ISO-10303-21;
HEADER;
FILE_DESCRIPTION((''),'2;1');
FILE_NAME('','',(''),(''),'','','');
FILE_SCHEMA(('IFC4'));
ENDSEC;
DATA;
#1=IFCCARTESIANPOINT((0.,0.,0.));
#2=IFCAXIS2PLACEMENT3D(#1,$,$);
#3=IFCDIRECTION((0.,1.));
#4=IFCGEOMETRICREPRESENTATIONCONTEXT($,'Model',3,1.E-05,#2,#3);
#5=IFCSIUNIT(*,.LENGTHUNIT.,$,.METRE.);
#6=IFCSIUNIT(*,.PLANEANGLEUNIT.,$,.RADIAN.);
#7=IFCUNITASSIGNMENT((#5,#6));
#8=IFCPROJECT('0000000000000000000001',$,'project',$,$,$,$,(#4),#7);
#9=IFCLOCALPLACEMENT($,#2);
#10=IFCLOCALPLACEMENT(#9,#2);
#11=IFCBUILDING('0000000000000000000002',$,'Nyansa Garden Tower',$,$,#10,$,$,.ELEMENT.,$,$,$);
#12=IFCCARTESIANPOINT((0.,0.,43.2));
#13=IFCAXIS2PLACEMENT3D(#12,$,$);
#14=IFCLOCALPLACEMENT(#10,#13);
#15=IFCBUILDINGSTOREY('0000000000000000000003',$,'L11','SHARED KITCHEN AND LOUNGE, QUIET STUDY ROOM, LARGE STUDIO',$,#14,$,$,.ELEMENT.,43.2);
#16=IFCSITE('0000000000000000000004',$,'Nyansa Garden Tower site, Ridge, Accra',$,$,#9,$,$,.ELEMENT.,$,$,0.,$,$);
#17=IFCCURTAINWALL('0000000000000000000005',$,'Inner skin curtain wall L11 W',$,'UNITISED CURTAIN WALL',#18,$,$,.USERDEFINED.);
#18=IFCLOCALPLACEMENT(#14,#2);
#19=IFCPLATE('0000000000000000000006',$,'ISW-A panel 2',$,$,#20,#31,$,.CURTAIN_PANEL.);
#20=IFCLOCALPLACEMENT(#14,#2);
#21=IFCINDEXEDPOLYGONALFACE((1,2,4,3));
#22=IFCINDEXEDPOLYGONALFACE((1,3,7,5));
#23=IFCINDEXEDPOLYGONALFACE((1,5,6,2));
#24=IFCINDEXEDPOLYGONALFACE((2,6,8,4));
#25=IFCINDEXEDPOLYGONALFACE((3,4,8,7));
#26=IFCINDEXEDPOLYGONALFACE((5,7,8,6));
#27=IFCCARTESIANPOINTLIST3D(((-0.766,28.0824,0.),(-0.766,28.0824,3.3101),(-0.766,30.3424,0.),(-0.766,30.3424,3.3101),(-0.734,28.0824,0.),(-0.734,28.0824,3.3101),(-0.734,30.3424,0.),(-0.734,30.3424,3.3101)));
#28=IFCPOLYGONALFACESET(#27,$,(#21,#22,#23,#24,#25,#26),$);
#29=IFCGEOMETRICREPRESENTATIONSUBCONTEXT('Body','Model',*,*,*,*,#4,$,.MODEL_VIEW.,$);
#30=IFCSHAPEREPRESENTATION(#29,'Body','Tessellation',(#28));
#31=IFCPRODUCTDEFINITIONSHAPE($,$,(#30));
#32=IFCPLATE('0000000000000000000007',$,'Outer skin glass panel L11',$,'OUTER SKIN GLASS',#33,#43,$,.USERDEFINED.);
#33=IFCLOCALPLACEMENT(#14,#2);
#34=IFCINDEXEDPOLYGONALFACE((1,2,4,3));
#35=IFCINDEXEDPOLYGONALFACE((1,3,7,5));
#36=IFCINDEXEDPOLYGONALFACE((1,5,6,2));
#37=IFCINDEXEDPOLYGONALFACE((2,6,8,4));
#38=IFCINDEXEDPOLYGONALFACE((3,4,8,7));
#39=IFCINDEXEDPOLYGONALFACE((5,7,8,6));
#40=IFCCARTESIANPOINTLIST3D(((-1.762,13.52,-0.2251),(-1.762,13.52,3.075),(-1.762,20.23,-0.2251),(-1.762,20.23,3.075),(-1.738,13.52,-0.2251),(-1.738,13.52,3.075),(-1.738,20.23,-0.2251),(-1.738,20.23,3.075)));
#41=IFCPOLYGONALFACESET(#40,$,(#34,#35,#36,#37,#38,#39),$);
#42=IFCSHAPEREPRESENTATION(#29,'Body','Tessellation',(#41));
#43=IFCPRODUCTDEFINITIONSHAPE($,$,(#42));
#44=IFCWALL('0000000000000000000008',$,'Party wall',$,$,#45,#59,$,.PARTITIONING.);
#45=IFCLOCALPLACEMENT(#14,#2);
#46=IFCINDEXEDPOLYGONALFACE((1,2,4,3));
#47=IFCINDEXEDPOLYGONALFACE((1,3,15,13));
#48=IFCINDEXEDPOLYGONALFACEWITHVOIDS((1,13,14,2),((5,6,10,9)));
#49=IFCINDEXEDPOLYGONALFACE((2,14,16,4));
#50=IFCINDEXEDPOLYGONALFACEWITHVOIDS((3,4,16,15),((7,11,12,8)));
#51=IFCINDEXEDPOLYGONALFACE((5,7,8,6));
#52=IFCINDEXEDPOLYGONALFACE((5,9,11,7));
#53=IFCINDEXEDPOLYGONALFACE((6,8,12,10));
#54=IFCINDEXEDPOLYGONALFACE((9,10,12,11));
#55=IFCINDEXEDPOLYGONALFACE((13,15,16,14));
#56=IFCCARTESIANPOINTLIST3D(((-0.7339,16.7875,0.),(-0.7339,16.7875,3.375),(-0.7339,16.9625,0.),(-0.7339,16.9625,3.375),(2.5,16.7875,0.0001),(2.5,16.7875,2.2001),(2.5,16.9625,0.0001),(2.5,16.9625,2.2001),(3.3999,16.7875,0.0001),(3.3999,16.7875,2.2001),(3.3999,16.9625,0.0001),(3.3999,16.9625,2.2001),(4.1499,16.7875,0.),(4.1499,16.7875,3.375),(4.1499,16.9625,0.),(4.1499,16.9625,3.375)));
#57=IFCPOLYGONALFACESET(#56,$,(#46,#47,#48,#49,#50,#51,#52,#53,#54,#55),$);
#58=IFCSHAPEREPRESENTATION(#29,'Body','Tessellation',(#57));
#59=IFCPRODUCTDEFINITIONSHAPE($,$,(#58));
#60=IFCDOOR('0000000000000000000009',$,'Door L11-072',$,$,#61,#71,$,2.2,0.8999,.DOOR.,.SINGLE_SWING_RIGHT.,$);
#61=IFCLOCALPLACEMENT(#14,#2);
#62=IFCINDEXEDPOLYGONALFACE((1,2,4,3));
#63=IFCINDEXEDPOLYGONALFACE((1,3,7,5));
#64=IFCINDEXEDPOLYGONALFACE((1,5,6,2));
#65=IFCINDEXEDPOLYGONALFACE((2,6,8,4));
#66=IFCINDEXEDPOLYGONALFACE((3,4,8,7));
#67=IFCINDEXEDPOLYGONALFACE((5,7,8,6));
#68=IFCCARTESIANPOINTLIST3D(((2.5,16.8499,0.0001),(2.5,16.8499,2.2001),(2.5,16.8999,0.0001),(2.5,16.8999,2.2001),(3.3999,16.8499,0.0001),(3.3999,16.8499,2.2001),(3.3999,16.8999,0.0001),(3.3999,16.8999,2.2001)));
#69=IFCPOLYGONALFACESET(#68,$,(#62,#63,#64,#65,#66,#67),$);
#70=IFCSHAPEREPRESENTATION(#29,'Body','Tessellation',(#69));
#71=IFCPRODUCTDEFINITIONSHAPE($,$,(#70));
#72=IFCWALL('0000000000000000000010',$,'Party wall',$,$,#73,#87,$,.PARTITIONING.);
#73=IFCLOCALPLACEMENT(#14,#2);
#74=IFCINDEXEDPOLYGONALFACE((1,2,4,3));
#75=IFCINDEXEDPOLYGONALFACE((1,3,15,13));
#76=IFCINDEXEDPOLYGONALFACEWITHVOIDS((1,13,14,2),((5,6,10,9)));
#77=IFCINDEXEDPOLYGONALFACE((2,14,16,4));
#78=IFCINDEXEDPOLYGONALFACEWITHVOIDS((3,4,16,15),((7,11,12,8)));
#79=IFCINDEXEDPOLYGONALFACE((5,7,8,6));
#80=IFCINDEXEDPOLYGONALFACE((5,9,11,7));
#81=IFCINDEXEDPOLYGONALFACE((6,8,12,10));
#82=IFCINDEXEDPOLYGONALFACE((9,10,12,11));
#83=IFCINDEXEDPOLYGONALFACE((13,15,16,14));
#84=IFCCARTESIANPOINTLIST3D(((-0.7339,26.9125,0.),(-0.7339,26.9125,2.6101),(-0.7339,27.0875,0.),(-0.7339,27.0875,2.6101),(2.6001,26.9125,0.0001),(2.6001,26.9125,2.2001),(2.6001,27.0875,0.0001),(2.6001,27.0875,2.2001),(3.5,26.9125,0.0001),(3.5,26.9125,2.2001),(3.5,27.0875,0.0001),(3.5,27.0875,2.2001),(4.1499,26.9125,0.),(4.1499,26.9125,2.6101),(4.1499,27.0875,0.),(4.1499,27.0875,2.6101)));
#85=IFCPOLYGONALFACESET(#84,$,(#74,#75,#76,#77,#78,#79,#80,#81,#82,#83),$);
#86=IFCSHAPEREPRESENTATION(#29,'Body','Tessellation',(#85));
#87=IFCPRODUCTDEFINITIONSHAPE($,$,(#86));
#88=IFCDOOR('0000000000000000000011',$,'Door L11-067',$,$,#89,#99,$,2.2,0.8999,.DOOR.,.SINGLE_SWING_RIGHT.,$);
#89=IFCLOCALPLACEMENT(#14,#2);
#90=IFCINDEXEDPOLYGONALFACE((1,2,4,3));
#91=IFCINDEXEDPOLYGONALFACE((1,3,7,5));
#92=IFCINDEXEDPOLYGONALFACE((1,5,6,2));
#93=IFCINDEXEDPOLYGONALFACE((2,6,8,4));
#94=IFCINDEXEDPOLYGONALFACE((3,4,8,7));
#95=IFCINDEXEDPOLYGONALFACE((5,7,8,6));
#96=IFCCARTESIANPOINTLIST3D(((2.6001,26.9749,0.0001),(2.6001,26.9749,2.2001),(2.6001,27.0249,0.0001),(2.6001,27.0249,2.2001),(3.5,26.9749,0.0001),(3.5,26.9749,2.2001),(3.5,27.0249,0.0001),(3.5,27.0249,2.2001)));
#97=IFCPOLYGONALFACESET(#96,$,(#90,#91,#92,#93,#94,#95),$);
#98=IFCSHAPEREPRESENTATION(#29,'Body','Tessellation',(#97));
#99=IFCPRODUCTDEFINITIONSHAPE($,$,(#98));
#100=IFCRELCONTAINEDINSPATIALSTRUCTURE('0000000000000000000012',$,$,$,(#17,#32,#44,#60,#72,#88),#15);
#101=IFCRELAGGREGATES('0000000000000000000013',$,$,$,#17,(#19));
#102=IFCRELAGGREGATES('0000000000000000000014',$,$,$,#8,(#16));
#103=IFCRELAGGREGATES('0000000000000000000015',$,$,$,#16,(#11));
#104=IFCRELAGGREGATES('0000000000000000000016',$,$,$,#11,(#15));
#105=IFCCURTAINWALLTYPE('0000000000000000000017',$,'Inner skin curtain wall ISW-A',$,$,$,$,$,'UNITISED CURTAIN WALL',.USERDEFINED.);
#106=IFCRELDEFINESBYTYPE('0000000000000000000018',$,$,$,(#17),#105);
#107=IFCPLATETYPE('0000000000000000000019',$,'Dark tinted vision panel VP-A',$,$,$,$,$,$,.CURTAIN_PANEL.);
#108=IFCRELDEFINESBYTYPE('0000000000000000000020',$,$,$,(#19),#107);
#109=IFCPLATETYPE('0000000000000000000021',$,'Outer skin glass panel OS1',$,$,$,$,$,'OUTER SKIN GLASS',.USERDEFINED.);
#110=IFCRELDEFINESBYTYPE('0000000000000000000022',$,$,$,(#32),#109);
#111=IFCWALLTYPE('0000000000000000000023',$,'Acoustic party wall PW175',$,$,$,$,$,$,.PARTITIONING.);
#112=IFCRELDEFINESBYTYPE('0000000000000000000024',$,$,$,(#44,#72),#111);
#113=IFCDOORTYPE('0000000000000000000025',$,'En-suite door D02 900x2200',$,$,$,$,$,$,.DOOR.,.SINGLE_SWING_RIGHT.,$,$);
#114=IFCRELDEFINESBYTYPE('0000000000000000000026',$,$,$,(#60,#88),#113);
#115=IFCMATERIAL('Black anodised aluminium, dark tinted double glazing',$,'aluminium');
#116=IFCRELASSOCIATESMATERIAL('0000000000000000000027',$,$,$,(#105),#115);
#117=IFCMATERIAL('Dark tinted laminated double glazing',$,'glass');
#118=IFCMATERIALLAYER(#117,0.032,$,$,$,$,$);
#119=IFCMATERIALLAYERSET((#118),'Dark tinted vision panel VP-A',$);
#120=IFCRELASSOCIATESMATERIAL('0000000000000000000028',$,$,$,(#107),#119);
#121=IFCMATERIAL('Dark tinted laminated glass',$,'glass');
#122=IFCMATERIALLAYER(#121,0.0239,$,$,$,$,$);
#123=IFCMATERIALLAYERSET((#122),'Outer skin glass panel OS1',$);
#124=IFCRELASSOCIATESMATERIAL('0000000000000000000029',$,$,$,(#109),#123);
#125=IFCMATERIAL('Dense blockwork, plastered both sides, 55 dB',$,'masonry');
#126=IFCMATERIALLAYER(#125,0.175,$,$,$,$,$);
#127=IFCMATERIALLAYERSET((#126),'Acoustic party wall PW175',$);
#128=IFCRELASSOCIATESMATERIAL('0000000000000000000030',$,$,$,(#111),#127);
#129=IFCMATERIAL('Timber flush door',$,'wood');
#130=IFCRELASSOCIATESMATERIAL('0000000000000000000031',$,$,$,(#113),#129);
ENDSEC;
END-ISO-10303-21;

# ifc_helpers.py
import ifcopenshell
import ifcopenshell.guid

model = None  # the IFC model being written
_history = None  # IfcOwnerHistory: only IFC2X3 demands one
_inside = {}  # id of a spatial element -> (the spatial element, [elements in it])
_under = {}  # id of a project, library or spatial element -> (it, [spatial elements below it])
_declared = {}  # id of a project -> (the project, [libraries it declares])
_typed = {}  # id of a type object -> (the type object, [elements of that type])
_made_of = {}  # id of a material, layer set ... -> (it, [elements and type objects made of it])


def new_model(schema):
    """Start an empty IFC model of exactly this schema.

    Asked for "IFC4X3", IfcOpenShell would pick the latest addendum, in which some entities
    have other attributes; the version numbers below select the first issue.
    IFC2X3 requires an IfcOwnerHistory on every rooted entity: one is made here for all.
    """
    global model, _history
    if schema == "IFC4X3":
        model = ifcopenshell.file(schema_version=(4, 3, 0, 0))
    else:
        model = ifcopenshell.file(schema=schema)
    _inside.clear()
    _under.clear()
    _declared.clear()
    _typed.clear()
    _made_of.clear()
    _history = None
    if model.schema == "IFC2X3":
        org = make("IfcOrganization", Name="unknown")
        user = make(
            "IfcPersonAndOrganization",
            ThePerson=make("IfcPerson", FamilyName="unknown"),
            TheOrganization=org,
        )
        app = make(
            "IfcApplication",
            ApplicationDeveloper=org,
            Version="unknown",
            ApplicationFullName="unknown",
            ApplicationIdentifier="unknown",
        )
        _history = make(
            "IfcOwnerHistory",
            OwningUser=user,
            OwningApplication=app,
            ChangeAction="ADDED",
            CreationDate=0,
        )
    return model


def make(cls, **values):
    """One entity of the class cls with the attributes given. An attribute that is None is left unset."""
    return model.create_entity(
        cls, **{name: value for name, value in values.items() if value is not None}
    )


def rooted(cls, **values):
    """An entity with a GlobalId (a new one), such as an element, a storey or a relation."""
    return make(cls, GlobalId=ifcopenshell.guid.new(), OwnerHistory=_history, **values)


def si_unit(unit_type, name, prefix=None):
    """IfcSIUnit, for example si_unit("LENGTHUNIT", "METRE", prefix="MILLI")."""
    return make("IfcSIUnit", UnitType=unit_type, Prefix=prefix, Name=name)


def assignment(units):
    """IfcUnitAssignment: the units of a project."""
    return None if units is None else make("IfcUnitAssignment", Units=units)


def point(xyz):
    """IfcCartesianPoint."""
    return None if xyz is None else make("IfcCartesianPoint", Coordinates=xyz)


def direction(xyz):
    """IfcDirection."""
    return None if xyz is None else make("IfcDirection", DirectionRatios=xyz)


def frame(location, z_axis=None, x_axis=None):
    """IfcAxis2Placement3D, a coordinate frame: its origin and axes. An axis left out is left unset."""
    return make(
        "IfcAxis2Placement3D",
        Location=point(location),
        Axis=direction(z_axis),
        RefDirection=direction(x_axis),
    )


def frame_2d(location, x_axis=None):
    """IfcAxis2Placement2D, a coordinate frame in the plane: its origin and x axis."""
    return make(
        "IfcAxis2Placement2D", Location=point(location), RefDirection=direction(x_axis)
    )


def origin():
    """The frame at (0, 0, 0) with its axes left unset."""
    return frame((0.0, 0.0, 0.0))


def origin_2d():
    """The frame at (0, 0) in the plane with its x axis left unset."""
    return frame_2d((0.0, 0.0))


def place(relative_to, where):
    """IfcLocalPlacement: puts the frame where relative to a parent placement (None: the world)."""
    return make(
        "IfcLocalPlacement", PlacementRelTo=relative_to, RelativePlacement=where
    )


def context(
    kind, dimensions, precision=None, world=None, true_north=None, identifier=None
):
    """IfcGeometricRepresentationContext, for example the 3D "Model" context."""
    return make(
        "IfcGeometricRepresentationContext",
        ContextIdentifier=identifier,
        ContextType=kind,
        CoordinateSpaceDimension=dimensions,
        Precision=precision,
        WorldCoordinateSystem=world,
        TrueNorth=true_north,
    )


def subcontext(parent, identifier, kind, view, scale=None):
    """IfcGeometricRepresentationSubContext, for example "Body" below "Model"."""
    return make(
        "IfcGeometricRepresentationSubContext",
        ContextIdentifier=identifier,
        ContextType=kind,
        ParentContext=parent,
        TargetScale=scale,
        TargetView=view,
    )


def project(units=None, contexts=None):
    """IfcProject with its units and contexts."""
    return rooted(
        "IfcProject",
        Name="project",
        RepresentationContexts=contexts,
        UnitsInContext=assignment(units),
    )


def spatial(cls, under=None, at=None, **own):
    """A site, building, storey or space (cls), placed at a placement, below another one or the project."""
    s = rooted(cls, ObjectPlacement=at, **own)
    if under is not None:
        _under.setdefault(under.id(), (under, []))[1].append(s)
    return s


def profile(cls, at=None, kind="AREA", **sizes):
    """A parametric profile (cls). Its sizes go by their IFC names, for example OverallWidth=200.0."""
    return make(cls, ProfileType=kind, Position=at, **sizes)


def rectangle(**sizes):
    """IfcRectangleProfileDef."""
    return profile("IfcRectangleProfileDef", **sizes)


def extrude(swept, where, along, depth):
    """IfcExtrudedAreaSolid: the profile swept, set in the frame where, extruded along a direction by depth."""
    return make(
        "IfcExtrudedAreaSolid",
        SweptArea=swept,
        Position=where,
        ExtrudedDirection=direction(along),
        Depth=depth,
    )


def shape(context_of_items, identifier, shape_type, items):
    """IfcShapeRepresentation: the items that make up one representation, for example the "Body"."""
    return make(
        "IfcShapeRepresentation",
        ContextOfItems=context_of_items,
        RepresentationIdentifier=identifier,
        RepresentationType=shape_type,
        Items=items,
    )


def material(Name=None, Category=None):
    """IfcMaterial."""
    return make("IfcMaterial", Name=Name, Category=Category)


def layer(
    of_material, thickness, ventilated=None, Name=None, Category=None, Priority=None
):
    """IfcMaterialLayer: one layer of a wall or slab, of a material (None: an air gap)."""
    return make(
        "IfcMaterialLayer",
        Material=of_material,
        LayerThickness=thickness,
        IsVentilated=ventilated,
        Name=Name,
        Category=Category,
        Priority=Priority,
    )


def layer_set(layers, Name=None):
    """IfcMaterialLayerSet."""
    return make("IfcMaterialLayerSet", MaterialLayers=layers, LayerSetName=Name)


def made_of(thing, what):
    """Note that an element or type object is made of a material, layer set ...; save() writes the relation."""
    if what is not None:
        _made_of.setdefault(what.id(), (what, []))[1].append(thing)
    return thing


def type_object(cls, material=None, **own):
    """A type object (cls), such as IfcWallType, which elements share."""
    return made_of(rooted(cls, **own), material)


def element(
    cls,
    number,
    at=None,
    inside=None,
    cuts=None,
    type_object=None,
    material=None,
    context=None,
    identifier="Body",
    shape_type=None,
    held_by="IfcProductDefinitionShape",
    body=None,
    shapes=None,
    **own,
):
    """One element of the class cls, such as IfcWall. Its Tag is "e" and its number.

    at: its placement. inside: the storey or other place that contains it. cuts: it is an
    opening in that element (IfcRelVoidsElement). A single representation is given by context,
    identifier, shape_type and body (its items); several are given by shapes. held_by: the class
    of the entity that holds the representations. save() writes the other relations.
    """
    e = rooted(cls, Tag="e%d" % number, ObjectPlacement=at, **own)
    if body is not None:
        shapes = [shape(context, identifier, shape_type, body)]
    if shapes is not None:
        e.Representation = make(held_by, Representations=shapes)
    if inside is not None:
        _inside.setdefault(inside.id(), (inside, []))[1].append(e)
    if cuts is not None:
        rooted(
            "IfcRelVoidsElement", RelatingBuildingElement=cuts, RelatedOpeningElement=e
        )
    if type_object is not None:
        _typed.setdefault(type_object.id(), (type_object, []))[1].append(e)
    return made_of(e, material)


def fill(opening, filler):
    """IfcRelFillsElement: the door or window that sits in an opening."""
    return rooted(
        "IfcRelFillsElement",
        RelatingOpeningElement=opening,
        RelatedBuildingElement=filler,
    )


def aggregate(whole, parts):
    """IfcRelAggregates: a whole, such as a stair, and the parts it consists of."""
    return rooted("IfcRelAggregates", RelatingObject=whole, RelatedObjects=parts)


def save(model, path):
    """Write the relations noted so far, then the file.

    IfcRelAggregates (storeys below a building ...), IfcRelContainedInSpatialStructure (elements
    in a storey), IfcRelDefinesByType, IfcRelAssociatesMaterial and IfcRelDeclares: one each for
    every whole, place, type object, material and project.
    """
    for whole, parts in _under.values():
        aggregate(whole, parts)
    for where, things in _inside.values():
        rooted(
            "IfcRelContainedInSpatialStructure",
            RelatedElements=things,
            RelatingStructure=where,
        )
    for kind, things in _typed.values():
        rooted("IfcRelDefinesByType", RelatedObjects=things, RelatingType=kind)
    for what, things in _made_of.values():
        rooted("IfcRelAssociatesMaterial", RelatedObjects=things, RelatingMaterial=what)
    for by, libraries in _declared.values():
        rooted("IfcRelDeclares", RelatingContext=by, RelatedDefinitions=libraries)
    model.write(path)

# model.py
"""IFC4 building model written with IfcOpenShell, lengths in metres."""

from ifc_helpers import new_model, si_unit, direction, frame, frame_2d, origin, origin_2d, place, context, subcontext, project, spatial, rectangle, extrude, material, layer, layer_set, type_object, element, fill, aggregate, save


model = new_model("IFC4")

# Units and contexts
model_context = context("Model", 3, precision=1e-05, world=origin(), true_north=direction((0.0, 1.0)))
body_context = subcontext(model_context, "Body", "Model", "MODEL_VIEW")
ifc_project = project(units=[si_unit("LENGTHUNIT", "METRE"), si_unit("PLANEANGLEUNIT", "RADIAN")], contexts=[model_context])

# Site, building, storey
site_placement = place(None, origin())
site = spatial("IfcSite", under=ifc_project, at=site_placement, Name="Nyansa Garden Tower site, Ridge, Accra", CompositionType="ELEMENT", RefElevation=0.0)
building_placement = place(site_placement, origin())
building = spatial("IfcBuilding", under=site, at=building_placement, Name="Nyansa Garden Tower", CompositionType="ELEMENT")
storey_placement = place(building_placement, frame((0.0, 0.0, 43.2)))
storey = spatial("IfcBuildingStorey", under=building, at=storey_placement, Name="L11", Description="SHARED KITCHEN AND LOUNGE, QUIET STUDY ROOM, LARGE STUDIO", CompositionType="ELEMENT", Elevation=43.2)

# Shared definitions
ifc_material_1 = material(Name="Black anodised aluminium, dark tinted double glazing", Category="aluminium")
curtain_wall_type = type_object("IfcCurtainWallType", Name="Inner skin curtain wall ISW-A", ElementType="UNITISED CURTAIN WALL", PredefinedType="USERDEFINED", material=ifc_material_1)

# Curtain wall
curtain_wall_1_placement = place(storey_placement, origin())
curtain_wall_1 = element("IfcCurtainWall", 1, at=curtain_wall_1_placement, inside=storey, type_object=curtain_wall_type, Name="Inner skin curtain wall L11 W", ObjectType="UNITISED CURTAIN WALL", PredefinedType="USERDEFINED")

# Plates
ifc_material_2 = material(Name="Dark tinted laminated double glazing", Category="glass")
ifc_layer_1 = layer(ifc_material_2, 0.032)
ifc_layer_set_1 = layer_set([ifc_layer_1], Name="Dark tinted vision panel VP-A")
plate_type_1 = type_object("IfcPlateType", Name="Dark tinted vision panel VP-A", PredefinedType="CURTAIN_PANEL", material=ifc_layer_set_1)
plate_1_placement = place(storey_placement, frame((-0.75, 29.2124, 0.0), z_axis=(0.0, 0.0, 1.0), x_axis=(0.0, -1.0, 0.0)))
plate_1 = element("IfcPlate", 2, at=plate_1_placement, type_object=plate_type_1, Name="ISW-A panel 2", PredefinedType="CURTAIN_PANEL", context=body_context, shape_type="SweptSolid", body=[
    extrude(rectangle(XDim=2.26, YDim=0.032, at=origin_2d()), origin(), (0.0, 0.0, 1.0), 3.3101),
])
aggregate(curtain_wall_1, [plate_1])
ifc_material_3 = material(Name="Dark tinted laminated glass", Category="glass")
ifc_layer_2 = layer(ifc_material_3, 0.0239)
ifc_layer_set_2 = layer_set([ifc_layer_2], Name="Outer skin glass panel OS1")
plate_type_2 = type_object("IfcPlateType", Name="Outer skin glass panel OS1", ElementType="OUTER SKIN GLASS", PredefinedType="USERDEFINED", material=ifc_layer_set_2)
plate_2_placement = place(storey_placement, frame((-1.75, 16.875, -0.2251), z_axis=(0.0, 0.0, 1.0), x_axis=(0.0, 1.0, 0.0)))
element("IfcPlate", 3, at=plate_2_placement, inside=storey, type_object=plate_type_2, Name="Outer skin glass panel L11", ObjectType="OUTER SKIN GLASS", PredefinedType="USERDEFINED", context=body_context, shape_type="SweptSolid", body=[
    extrude(rectangle(XDim=6.71, YDim=0.0239, at=origin_2d()), origin(), (0.0, 0.0, 1.0), 3.3),
])

# Walls, openings, doors
ifc_material_4 = material(Name="Dense blockwork, plastered both sides, 55 dB", Category="masonry")
ifc_layer_3 = layer(ifc_material_4, 0.175)
ifc_layer_set_3 = layer_set([ifc_layer_3], Name="Acoustic party wall PW175")
wall_type_1 = type_object("IfcWallType", Name="Acoustic party wall PW175", PredefinedType="PARTITIONING", material=ifc_layer_set_3)
wall_1_placement = place(storey_placement, frame((-0.7339, 16.875, 0.0), z_axis=(0.0, 0.0, 1.0), x_axis=(1.0, 0.0, 0.0)))
wall_1 = element("IfcWall", 4, at=wall_1_placement, inside=storey, type_object=wall_type_1, Name="Party wall", PredefinedType="PARTITIONING", context=body_context, shape_type="SweptSolid", body=[
    extrude(rectangle(XDim=4.8838, YDim=0.175, at=frame_2d((2.4419, 0.0))), origin(), (0.0, 0.0, 1.0), 3.375),
])
opening_1_placement = place(wall_1_placement, frame((3.2339, 0.0, 0.0)))
opening_1 = element("IfcOpeningElement", 5, at=opening_1_placement, cuts=wall_1, PredefinedType="OPENING", context=body_context, shape_type="SweptSolid", body=[
    extrude(rectangle(XDim=0.8999, YDim=2.2, at=frame_2d((0.45, 1.1001))), frame((0.0, 0.0974, 0.0), z_axis=(0.0, -1.0, 0.0), x_axis=(1.0, 0.0, 0.0)), (0.0, 0.0, 1.0), 0.1951),
])
ifc_material_5 = material(Name="Timber flush door", Category="wood")
door_type_1 = type_object("IfcDoorType", Name="En-suite door D02 900x2200", OperationType="SINGLE_SWING_RIGHT", PredefinedType="DOOR", material=ifc_material_5)
door_1_placement = place(opening_1_placement, origin())
door_1 = element("IfcDoor", 6, at=door_1_placement, inside=storey, type_object=door_type_1, Name="Door L11-072", OperationType="SINGLE_SWING_RIGHT", OverallHeight=2.2, OverallWidth=0.8999, PredefinedType="DOOR", context=body_context, shape_type="SweptSolid", body=[
    extrude(rectangle(XDim=0.8999, YDim=2.2, at=frame_2d((0.45, 1.1001))), frame((0.0, 0.0249, 0.0), z_axis=(0.0, -1.0, 0.0), x_axis=(1.0, 0.0, 0.0)), (0.0, 0.0, 1.0), 0.05),
])
fill(opening_1, door_1)
wall_2_placement = place(storey_placement, frame((-0.7339, 27.0, 0.0), z_axis=(0.0, 0.0, 1.0), x_axis=(1.0, 0.0, 0.0)))
wall_2 = element("IfcWall", 7, at=wall_2_placement, inside=storey, type_object=wall_type_1, Name="Party wall", PredefinedType="PARTITIONING", context=body_context, shape_type="SweptSolid", body=[
    extrude(rectangle(XDim=4.8838, YDim=0.175, at=frame_2d((2.4419, 0.0))), origin(), (0.0, 0.0, 1.0), 2.6101),
])
opening_2_placement = place(wall_2_placement, frame((3.334, 0.0, 0.0)))
opening_2 = element("IfcOpeningElement", 8, at=opening_2_placement, cuts=wall_2, PredefinedType="OPENING", context=body_context, shape_type="SweptSolid", body=[
    extrude(rectangle(XDim=0.8999, YDim=2.2, at=frame_2d((0.45, 1.1001))), frame((0.0, 0.0974, 0.0), z_axis=(0.0, -1.0, 0.0), x_axis=(1.0, 0.0, 0.0)), (0.0, 0.0, 1.0), 0.1951),
])
door_2_placement = place(opening_2_placement, origin())
door_2 = element("IfcDoor", 9, at=door_2_placement, inside=storey, type_object=door_type_1, Name="Door L11-067", OperationType="SINGLE_SWING_RIGHT", OverallHeight=2.2, OverallWidth=0.8999, PredefinedType="DOOR", context=body_context, shape_type="SweptSolid", body=[
    extrude(rectangle(XDim=0.8999, YDim=2.2, at=frame_2d((0.45, 1.1001))), frame((0.0, 0.0249, 0.0), z_axis=(0.0, -1.0, 0.0), x_axis=(1.0, 0.0, 0.0)), (0.0, 0.0, 1.0), 0.05),
])
fill(opening_2, door_2)

save(model, "model.ifc")
